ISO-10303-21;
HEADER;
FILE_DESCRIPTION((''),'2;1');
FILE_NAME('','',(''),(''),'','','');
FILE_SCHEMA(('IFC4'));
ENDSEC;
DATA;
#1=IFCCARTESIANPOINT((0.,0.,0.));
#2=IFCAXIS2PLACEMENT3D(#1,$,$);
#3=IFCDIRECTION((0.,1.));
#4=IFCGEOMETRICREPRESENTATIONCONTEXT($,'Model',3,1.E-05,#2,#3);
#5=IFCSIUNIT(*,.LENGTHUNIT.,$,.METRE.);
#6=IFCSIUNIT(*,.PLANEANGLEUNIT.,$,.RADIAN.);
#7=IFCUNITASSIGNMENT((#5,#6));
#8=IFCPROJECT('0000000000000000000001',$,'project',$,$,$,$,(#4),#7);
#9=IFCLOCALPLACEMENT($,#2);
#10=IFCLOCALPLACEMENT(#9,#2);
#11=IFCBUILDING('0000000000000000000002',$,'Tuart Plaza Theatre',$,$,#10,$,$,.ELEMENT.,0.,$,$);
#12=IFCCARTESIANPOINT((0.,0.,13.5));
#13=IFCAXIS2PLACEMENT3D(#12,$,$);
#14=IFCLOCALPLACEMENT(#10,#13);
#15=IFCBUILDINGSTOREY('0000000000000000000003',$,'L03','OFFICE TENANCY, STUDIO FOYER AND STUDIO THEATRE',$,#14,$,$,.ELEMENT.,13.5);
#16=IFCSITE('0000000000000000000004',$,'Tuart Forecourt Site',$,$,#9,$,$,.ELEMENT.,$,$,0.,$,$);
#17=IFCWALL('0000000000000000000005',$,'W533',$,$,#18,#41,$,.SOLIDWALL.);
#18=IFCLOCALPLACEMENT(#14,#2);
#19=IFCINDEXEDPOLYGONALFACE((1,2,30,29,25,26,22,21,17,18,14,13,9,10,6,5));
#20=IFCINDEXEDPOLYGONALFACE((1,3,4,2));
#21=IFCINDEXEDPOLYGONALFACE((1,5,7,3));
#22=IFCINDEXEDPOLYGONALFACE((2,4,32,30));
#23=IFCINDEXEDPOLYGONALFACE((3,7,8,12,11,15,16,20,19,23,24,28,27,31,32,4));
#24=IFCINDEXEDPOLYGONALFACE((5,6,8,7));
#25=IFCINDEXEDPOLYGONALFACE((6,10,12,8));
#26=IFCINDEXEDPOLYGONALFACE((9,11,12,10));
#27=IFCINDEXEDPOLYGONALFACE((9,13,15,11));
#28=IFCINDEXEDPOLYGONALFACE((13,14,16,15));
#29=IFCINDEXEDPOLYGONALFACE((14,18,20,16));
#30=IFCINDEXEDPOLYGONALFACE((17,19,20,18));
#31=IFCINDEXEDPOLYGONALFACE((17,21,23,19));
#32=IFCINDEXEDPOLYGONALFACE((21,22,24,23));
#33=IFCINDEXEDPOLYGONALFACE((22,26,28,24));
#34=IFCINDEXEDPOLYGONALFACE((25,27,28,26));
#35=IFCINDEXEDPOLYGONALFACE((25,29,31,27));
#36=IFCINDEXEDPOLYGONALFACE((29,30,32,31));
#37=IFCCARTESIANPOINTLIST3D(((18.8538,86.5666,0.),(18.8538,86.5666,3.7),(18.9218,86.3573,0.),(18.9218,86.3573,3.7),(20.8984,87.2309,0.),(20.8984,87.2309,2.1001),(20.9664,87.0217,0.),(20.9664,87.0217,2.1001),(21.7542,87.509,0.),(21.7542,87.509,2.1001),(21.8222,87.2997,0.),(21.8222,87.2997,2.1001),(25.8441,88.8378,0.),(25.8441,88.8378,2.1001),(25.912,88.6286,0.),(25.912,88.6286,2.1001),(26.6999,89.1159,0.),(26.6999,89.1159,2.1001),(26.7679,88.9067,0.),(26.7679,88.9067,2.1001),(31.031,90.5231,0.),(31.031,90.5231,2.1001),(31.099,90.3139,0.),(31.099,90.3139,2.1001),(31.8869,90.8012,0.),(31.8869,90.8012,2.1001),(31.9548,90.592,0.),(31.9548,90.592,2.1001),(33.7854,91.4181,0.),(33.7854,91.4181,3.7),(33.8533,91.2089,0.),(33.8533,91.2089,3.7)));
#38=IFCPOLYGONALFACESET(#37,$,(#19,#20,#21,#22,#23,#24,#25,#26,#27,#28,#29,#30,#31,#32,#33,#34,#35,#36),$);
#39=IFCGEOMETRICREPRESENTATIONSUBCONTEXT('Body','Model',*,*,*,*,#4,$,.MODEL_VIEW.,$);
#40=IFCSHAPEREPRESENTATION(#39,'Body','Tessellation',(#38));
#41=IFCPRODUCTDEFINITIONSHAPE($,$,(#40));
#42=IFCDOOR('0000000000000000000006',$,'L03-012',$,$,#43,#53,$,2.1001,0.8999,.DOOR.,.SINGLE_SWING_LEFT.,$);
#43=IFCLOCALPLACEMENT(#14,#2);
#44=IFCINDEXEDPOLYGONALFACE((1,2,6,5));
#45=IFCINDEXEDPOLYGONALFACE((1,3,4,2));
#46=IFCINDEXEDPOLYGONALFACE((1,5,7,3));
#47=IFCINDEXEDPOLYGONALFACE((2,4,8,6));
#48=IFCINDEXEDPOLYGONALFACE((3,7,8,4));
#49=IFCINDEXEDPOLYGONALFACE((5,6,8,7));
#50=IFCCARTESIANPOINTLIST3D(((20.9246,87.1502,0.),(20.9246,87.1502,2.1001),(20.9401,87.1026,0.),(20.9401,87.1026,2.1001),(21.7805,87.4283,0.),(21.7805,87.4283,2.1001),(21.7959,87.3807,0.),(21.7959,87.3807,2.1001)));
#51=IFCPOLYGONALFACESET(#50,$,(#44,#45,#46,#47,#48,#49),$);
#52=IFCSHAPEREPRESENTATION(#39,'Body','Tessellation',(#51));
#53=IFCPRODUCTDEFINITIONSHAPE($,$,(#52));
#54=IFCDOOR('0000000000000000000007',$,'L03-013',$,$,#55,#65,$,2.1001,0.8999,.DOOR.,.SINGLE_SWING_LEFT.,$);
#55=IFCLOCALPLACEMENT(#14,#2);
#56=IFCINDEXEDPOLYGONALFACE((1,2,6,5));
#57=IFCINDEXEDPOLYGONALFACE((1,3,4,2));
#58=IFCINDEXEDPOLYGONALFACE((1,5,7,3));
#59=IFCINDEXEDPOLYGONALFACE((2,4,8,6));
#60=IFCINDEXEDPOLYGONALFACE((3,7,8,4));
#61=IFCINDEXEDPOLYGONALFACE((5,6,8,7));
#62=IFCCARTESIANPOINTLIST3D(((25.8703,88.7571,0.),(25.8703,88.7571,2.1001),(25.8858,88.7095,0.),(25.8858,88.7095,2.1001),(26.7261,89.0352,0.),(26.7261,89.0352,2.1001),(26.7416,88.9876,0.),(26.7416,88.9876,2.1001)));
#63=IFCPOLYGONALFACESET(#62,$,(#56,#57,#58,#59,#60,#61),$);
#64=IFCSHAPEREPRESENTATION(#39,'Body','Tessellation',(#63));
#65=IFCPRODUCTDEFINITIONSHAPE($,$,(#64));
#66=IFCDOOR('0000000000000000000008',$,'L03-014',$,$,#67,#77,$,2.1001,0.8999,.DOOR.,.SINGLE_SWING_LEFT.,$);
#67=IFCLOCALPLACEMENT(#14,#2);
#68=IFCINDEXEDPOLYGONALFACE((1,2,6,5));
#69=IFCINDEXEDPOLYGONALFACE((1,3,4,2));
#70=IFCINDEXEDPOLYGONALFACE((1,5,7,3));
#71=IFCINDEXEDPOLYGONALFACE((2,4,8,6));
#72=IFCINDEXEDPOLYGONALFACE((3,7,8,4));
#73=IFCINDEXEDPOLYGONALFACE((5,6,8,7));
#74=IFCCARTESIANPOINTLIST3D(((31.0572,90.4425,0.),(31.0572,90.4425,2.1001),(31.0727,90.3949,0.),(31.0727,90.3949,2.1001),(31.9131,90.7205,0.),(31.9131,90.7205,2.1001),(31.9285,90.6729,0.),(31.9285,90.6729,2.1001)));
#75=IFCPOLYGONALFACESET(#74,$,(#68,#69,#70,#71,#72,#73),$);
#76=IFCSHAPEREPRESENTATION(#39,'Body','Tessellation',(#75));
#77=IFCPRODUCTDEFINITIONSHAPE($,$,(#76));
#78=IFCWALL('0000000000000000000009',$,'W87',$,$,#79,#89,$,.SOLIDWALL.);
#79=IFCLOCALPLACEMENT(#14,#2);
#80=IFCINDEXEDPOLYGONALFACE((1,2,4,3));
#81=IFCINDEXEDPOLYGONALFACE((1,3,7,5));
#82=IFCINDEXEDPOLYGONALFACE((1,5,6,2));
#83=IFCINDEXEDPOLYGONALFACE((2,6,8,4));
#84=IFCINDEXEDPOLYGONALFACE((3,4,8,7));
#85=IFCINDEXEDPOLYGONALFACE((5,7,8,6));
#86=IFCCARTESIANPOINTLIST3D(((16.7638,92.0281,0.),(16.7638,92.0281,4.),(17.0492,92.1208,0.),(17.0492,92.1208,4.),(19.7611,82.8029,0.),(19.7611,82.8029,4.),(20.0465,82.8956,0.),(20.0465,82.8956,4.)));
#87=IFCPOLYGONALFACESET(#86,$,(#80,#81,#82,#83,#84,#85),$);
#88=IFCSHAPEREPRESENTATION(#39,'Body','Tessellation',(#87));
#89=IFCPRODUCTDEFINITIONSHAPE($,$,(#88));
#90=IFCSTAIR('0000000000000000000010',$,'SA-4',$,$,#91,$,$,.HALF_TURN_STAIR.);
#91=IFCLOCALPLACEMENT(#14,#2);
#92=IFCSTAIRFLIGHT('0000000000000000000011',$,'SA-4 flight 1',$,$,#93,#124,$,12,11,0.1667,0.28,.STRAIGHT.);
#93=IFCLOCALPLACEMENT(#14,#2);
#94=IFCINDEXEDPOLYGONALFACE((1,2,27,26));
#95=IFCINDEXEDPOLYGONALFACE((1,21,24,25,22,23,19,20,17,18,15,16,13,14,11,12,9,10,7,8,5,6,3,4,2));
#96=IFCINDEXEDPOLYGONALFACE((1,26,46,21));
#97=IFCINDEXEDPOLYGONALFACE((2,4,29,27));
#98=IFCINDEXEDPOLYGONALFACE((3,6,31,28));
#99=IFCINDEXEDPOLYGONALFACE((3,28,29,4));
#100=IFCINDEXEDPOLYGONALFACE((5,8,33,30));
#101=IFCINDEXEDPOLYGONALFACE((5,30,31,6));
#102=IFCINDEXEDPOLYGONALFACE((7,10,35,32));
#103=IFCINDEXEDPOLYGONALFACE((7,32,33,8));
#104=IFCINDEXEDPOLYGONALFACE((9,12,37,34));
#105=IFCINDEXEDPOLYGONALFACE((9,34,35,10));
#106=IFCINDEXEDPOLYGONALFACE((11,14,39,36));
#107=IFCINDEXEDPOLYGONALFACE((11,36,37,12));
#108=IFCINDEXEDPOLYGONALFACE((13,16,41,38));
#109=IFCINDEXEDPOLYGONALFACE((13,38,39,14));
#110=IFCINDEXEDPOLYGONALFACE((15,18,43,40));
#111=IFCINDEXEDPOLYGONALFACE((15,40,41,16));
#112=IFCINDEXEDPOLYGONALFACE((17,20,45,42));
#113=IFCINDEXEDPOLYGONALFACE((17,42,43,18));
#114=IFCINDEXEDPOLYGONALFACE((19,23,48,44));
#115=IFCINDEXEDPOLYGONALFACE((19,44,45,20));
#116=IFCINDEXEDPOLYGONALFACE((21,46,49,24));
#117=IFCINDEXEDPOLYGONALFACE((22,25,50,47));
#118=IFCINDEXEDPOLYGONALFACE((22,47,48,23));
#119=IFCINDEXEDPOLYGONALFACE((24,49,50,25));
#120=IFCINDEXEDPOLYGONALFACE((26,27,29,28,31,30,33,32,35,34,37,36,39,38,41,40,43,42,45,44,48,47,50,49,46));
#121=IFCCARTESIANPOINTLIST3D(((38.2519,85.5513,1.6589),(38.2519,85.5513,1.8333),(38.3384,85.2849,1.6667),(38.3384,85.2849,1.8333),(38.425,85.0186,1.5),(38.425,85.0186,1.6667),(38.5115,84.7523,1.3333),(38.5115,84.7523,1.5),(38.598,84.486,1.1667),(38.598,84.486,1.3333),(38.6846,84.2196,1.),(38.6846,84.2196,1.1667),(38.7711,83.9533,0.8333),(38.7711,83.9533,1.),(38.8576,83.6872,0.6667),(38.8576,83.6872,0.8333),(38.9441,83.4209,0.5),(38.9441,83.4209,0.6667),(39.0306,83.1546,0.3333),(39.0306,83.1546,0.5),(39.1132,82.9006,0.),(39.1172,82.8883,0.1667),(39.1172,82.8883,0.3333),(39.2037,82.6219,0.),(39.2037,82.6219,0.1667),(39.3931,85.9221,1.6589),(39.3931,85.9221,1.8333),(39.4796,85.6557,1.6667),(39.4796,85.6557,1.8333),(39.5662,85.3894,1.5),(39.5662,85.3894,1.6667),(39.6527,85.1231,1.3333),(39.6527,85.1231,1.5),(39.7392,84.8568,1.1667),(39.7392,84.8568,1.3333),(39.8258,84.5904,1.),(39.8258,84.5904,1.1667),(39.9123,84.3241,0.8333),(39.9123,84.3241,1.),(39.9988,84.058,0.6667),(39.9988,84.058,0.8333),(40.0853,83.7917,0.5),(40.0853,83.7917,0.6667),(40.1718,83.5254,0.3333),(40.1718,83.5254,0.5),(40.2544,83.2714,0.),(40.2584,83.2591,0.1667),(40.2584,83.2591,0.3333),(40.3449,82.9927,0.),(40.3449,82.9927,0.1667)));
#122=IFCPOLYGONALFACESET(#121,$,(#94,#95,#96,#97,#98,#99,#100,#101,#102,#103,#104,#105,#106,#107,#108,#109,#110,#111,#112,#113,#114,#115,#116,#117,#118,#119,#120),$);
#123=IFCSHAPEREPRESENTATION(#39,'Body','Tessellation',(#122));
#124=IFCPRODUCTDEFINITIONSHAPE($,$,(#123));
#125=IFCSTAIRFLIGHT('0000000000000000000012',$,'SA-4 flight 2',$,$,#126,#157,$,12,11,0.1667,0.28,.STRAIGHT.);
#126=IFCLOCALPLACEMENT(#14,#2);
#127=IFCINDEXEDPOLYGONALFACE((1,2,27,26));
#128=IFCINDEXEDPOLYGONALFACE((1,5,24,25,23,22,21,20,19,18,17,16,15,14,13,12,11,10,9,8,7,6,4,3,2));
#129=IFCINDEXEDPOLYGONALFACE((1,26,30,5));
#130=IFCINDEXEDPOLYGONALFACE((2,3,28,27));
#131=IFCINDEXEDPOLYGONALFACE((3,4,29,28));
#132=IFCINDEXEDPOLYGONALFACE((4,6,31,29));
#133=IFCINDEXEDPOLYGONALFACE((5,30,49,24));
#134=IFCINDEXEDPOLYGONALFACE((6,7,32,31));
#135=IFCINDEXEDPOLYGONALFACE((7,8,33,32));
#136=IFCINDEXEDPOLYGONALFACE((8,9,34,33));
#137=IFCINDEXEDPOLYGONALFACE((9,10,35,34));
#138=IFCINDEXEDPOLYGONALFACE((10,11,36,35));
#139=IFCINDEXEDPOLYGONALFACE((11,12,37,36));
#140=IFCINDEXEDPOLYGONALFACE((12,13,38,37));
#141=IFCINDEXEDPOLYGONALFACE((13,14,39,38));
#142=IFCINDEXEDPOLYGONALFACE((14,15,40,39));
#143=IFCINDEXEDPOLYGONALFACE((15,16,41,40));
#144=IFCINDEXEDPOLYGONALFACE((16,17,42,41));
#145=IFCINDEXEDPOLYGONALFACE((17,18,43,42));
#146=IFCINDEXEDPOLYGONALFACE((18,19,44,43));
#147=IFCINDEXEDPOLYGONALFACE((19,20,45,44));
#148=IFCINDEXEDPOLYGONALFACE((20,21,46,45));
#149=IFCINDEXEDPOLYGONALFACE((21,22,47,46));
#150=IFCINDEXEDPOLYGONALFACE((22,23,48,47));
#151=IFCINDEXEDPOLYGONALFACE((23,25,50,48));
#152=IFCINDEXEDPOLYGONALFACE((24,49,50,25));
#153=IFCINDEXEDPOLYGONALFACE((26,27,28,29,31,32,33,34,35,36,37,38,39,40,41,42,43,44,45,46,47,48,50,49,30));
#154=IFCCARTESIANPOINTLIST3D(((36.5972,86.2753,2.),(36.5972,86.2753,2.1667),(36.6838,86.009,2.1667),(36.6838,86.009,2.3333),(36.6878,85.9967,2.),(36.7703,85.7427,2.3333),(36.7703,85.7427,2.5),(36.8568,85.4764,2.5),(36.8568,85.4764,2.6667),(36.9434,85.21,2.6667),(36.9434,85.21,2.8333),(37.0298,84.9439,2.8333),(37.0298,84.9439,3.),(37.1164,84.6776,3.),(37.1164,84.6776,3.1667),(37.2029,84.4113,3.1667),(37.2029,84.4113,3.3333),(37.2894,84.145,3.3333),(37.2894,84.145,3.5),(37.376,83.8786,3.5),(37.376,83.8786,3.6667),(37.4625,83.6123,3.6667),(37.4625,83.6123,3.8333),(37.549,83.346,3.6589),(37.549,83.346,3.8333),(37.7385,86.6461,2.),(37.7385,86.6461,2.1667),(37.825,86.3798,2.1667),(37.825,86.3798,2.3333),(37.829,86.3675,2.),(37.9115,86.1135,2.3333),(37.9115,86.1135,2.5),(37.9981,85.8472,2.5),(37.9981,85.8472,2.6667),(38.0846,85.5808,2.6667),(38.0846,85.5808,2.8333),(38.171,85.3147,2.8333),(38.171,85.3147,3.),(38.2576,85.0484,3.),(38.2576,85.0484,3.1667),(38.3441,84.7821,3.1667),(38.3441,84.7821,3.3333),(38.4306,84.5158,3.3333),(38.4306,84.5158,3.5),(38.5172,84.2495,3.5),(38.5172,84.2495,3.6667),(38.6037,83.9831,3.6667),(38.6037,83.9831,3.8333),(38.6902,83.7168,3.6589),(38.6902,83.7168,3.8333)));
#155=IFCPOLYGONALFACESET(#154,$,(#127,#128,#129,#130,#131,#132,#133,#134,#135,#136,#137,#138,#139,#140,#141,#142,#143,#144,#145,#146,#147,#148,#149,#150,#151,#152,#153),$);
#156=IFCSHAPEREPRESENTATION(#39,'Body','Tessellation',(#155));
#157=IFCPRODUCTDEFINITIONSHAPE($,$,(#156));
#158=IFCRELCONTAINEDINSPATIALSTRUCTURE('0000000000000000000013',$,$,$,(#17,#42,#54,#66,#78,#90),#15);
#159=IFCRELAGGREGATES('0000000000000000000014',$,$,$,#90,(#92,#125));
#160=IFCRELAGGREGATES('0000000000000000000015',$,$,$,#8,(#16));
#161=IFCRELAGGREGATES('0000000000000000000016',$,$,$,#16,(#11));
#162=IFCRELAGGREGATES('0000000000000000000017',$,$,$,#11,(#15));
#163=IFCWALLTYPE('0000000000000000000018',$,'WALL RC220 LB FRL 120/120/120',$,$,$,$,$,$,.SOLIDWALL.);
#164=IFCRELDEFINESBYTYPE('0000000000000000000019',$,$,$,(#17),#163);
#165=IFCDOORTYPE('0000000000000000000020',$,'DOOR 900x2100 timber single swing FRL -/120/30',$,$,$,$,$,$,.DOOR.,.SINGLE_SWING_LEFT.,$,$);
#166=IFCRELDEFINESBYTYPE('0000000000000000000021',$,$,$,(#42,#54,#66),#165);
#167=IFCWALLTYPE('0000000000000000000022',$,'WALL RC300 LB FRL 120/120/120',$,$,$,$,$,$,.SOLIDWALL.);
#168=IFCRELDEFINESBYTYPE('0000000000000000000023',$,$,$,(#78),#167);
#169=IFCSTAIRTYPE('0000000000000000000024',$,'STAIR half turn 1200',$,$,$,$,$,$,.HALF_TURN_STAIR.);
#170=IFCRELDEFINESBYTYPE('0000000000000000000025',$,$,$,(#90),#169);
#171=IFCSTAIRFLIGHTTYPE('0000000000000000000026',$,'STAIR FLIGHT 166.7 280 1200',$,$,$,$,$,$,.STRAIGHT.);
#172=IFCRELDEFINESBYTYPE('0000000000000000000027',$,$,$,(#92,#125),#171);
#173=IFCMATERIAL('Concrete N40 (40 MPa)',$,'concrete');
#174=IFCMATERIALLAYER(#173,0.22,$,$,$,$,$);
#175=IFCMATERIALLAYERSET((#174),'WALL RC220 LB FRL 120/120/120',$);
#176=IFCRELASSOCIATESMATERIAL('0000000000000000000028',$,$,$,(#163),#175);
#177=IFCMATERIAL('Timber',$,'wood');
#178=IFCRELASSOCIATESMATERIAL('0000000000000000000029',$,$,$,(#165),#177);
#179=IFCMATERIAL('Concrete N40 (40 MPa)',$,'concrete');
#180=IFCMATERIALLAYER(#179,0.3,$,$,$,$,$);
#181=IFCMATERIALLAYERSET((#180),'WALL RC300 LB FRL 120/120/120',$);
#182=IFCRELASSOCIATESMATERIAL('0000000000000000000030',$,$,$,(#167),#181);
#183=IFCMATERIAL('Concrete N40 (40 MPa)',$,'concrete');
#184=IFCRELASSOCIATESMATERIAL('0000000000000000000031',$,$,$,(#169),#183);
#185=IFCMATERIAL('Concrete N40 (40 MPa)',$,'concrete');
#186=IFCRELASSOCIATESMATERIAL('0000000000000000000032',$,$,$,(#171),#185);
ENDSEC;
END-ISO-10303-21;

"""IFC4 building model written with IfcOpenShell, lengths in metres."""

from ifc_helpers import new_model, si_unit, direction, frame, frame_2d, origin, place, context, subcontext, project, spatial, polyline, rectangle, outline, extrude, material, layer, layer_set, type_object, element, fill, aggregate, save


model = new_model("IFC4")

# Units and contexts
model_context = context("Model", 3, precision=1e-05, world=origin(), true_north=direction((0.0, 1.0)))
body_context = subcontext(model_context, "Body", "Model", "MODEL_VIEW")
ifc_project = project(units=[si_unit("LENGTHUNIT", "METRE"), si_unit("PLANEANGLEUNIT", "RADIAN")], contexts=[model_context])

# Site, building, storey
site_placement = place(None, origin())
site = spatial("IfcSite", under=ifc_project, at=site_placement, Name="Tuart Forecourt Site", CompositionType="ELEMENT", RefElevation=0.0)
building_placement = place(site_placement, origin())
building = spatial("IfcBuilding", under=site, at=building_placement, Name="Tuart Plaza Theatre", CompositionType="ELEMENT", ElevationOfRefHeight=0.0)
storey_placement = place(building_placement, frame((0.0, 0.0, 13.5)))
storey = spatial("IfcBuildingStorey", under=building, at=storey_placement, Name="L03", Description="OFFICE TENANCY, STUDIO FOYER AND STUDIO THEATRE", CompositionType="ELEMENT", Elevation=13.5)

# Wall, openings, doors
ifc_material_1 = material(Name="Concrete N40 (40 MPa)", Category="concrete")
ifc_layer_1 = layer(ifc_material_1, 0.22)
ifc_layer_set_1 = layer_set([ifc_layer_1], Name="WALL RC220 LB FRL 120/120/120")
wall_type_1 = type_object("IfcWallType", Name="WALL RC220 LB FRL 120/120/120", PredefinedType="SOLIDWALL", material=ifc_layer_set_1)
wall_1_placement = place(storey_placement, frame((18.8877, 86.4619, 0.0), z_axis=(0.0, 0.0, 1.0), x_axis=(0.951057, 0.309016, 0.0)))
wall_1 = element("IfcWall", 1, at=wall_1_placement, inside=storey, type_object=wall_type_1, Name="W533", PredefinedType="SOLIDWALL", context=body_context, shape_type="SweptSolid", body=[
    extrude(rectangle(XDim=15.7, YDim=0.22, at=frame_2d((7.8501, 0.0))), origin(), (0.0, 0.0, 1.0), 3.7),
])
opening_1_placement = place(wall_1_placement, frame((2.1499, 0.0, 0.0)))
opening_1 = element("IfcOpeningElement", 2, at=opening_1_placement, cuts=wall_1, PredefinedType="OPENING", context=body_context, shape_type="SweptSolid", body=[
    extrude(rectangle(XDim=0.8999, YDim=2.1001, at=frame_2d((0.45, 1.05))), frame((0.0, 0.1199, 0.0), z_axis=(0.0, -1.0, 0.0), x_axis=(1.0, 0.0, 0.0)), (0.0, 0.0, 1.0), 0.24),
])
opening_2_placement = place(wall_1_placement, frame((7.3501, 0.0, 0.0)))
opening_2 = element("IfcOpeningElement", 3, at=opening_2_placement, cuts=wall_1, PredefinedType="OPENING", context=body_context, shape_type="SweptSolid", body=[
    extrude(rectangle(XDim=0.8999, YDim=2.1001, at=frame_2d((0.45, 1.05))), frame((0.0, 0.1199, 0.0), z_axis=(0.0, -1.0, 0.0), x_axis=(1.0, 0.0, 0.0)), (0.0, 0.0, 1.0), 0.24),
])
opening_3_placement = place(wall_1_placement, frame((12.804, 0.0, 0.0)))
opening_3 = element("IfcOpeningElement", 4, at=opening_3_placement, cuts=wall_1, PredefinedType="OPENING", context=body_context, shape_type="SweptSolid", body=[
    extrude(rectangle(XDim=0.8999, YDim=2.1001, at=frame_2d((0.45, 1.05))), frame((0.0, 0.1199, 0.0), z_axis=(0.0, -1.0, 0.0), x_axis=(1.0, 0.0, 0.0)), (0.0, 0.0, 1.0), 0.24),
])
ifc_material_2 = material(Name="Timber", Category="wood")
door_type_1 = type_object("IfcDoorType", Name="DOOR 900x2100 timber single swing FRL -/120/30", OperationType="SINGLE_SWING_LEFT", PredefinedType="DOOR", material=ifc_material_2)
door_1_placement = place(opening_1_placement, frame((0.8999, 0.0, 0.0), z_axis=(0.0, 0.0, 1.0), x_axis=(-1.0, 0.0, 0.0)))
door_1 = element("IfcDoor", 5, at=door_1_placement, inside=storey, type_object=door_type_1, Name="L03-012", OperationType="SINGLE_SWING_LEFT", OverallHeight=2.1001, OverallWidth=0.8999, PredefinedType="DOOR", context=body_context, shape_type="SweptSolid", body=[
    extrude(rectangle(XDim=0.8999, YDim=2.1001, at=frame_2d((0.45, 1.05))), frame((0.0, 0.0249, 0.0), z_axis=(0.0, -1.0, 0.0), x_axis=(1.0, 0.0, 0.0)), (0.0, 0.0, 1.0), 0.05),
])
fill(opening_1, door_1)
door_2_placement = place(opening_2_placement, frame((0.8999, 0.0, 0.0), z_axis=(0.0, 0.0, 1.0), x_axis=(-1.0, 0.0, 0.0)))
door_2 = element("IfcDoor", 6, at=door_2_placement, inside=storey, type_object=door_type_1, Name="L03-013", OperationType="SINGLE_SWING_LEFT", OverallHeight=2.1001, OverallWidth=0.8999, PredefinedType="DOOR", context=body_context, shape_type="SweptSolid", body=[
    extrude(rectangle(XDim=0.8999, YDim=2.1001, at=frame_2d((0.45, 1.05))), frame((0.0, 0.0249, 0.0), z_axis=(0.0, -1.0, 0.0), x_axis=(1.0, 0.0, 0.0)), (0.0, 0.0, 1.0), 0.05),
])
fill(opening_2, door_2)
door_3_placement = place(opening_3_placement, frame((0.8999, 0.0, 0.0), z_axis=(0.0, 0.0, 1.0), x_axis=(-1.0, 0.0, 0.0)))
door_3 = element("IfcDoor", 7, at=door_3_placement, inside=storey, type_object=door_type_1, Name="L03-014", OperationType="SINGLE_SWING_LEFT", OverallHeight=2.1001, OverallWidth=0.8999, PredefinedType="DOOR", context=body_context, shape_type="SweptSolid", body=[
    extrude(rectangle(XDim=0.8999, YDim=2.1001, at=frame_2d((0.45, 1.05))), frame((0.0, 0.0249, 0.0), z_axis=(0.0, -1.0, 0.0), x_axis=(1.0, 0.0, 0.0)), (0.0, 0.0, 1.0), 0.05),
])
fill(opening_3, door_3)

# Wall
ifc_material_3 = material(Name="Concrete N40 (40 MPa)", Category="concrete")
ifc_layer_2 = layer(ifc_material_3, 0.3)
ifc_layer_set_2 = layer_set([ifc_layer_2], Name="WALL RC300 LB FRL 120/120/120")
wall_type_2 = type_object("IfcWallType", Name="WALL RC300 LB FRL 120/120/120", PredefinedType="SOLIDWALL", material=ifc_layer_set_2)
wall_2_placement = place(storey_placement, frame((19.9038, 82.8491, 0.0), z_axis=(0.0, 0.0, 1.0), x_axis=(-0.309, 0.951062, 0.0)))
element("IfcWall", 8, at=wall_2_placement, inside=storey, type_object=wall_type_2, Name="W87", PredefinedType="SOLIDWALL", context=body_context, shape_type="SweptSolid", body=[
    extrude(rectangle(XDim=9.7, YDim=0.3, at=frame_2d((4.8501, 0.0))), origin(), (0.0, 0.0, 1.0), 4.0),
])

# Stair, stair flights
ifc_material_4 = material(Name="Concrete N40 (40 MPa)", Category="concrete")
stair_type = type_object("IfcStairType", Name="STAIR half turn 1200", PredefinedType="HALF_TURN_STAIR", material=ifc_material_4)
stair_placement = place(storey_placement, origin())
stair = element("IfcStair", 9, at=stair_placement, inside=storey, type_object=stair_type, Name="SA-4", PredefinedType="HALF_TURN_STAIR")
ifc_material_5 = material(Name="Concrete N40 (40 MPa)", Category="concrete")
stair_flight_type = type_object("IfcStairFlightType", Name="STAIR FLIGHT 166.7 280 1200", PredefinedType="STRAIGHT", material=ifc_material_5)
stair_flight_1_placement = place(storey_placement, frame((39.7744, 82.8074, 0.0), z_axis=(0.0, 0.0, 1.0), x_axis=(-0.309017, 0.951057, 0.0)))
stair_flight_1 = element("IfcStairFlight", 10, at=stair_flight_1_placement, type_object=stair_flight_type, Name="SA-4 flight 1", NumberOfRisers=12, NumberOfTreads=11, PredefinedType="STRAIGHT", RiserHeight=0.1667, TreadLength=0.28, context=body_context, shape_type="SweptSolid", body=[
    extrude(outline(polyline([(0.0, 0.0), (0.0, 0.1667), (0.28, 0.1667), (0.28, 0.3333), (0.5601, 0.3333), (0.5601, 0.5), (0.8401, 0.5), (0.8401, 0.6667), (1.1201, 0.6667), (1.1201, 0.8333), (1.3999, 0.8333), (1.3999, 1.0), (1.6799, 1.0), (1.6799, 1.1667), (1.96, 1.1667), (1.96, 1.3333), (2.24, 1.3333), (2.24, 1.5), (2.52, 1.5), (2.52, 1.6667), (2.8, 1.6667), (2.8, 1.8333), (3.0801, 1.8333), (3.0801, 2.0), (3.0801, 1.6589), (0.293, 0.0), (0.0, 0.0)])), frame((0.0, 0.6001, 0.0), z_axis=(0.0, -1.0, 0.0), x_axis=(1.0, 0.0, 0.0)), (0.0, 0.0, 1.0), 1.2),
])
stair_flight_2_placement = place(storey_placement, frame((37.1677, 86.4607, 2.0), z_axis=(0.0, 0.0, 1.0), x_axis=(0.309017, -0.951057, 0.0)))
stair_flight_2 = element("IfcStairFlight", 11, at=stair_flight_2_placement, type_object=stair_flight_type, Name="SA-4 flight 2", NumberOfRisers=12, NumberOfTreads=11, PredefinedType="STRAIGHT", RiserHeight=0.1667, TreadLength=0.28, context=body_context, shape_type="SweptSolid", body=[
    extrude(outline(polyline([(0.0, 0.0), (0.0, 0.1667), (0.28, 0.1667), (0.28, 0.3333), (0.5601, 0.3333), (0.5601, 0.5), (0.8401, 0.5), (0.8401, 0.6667), (1.1201, 0.6667), (1.1201, 0.8333), (1.3999, 0.8333), (1.3999, 1.0), (1.6799, 1.0), (1.6799, 1.1667), (1.96, 1.1667), (1.96, 1.3333), (2.24, 1.3333), (2.24, 1.5), (2.52, 1.5), (2.52, 1.6667), (2.8, 1.6667), (2.8, 1.8333), (3.0801, 1.8333), (3.0801, 2.0), (3.0801, 1.6589), (0.293, 0.0), (0.0, 0.0)])), frame((0.0, 0.6001, 0.0), z_axis=(0.0, -1.0, 0.0), x_axis=(1.0, 0.0, 0.0)), (0.0, 0.0, 1.0), 1.2),
])
aggregate(stair, [stair_flight_1, stair_flight_2])

save(model, "model.ifc")
